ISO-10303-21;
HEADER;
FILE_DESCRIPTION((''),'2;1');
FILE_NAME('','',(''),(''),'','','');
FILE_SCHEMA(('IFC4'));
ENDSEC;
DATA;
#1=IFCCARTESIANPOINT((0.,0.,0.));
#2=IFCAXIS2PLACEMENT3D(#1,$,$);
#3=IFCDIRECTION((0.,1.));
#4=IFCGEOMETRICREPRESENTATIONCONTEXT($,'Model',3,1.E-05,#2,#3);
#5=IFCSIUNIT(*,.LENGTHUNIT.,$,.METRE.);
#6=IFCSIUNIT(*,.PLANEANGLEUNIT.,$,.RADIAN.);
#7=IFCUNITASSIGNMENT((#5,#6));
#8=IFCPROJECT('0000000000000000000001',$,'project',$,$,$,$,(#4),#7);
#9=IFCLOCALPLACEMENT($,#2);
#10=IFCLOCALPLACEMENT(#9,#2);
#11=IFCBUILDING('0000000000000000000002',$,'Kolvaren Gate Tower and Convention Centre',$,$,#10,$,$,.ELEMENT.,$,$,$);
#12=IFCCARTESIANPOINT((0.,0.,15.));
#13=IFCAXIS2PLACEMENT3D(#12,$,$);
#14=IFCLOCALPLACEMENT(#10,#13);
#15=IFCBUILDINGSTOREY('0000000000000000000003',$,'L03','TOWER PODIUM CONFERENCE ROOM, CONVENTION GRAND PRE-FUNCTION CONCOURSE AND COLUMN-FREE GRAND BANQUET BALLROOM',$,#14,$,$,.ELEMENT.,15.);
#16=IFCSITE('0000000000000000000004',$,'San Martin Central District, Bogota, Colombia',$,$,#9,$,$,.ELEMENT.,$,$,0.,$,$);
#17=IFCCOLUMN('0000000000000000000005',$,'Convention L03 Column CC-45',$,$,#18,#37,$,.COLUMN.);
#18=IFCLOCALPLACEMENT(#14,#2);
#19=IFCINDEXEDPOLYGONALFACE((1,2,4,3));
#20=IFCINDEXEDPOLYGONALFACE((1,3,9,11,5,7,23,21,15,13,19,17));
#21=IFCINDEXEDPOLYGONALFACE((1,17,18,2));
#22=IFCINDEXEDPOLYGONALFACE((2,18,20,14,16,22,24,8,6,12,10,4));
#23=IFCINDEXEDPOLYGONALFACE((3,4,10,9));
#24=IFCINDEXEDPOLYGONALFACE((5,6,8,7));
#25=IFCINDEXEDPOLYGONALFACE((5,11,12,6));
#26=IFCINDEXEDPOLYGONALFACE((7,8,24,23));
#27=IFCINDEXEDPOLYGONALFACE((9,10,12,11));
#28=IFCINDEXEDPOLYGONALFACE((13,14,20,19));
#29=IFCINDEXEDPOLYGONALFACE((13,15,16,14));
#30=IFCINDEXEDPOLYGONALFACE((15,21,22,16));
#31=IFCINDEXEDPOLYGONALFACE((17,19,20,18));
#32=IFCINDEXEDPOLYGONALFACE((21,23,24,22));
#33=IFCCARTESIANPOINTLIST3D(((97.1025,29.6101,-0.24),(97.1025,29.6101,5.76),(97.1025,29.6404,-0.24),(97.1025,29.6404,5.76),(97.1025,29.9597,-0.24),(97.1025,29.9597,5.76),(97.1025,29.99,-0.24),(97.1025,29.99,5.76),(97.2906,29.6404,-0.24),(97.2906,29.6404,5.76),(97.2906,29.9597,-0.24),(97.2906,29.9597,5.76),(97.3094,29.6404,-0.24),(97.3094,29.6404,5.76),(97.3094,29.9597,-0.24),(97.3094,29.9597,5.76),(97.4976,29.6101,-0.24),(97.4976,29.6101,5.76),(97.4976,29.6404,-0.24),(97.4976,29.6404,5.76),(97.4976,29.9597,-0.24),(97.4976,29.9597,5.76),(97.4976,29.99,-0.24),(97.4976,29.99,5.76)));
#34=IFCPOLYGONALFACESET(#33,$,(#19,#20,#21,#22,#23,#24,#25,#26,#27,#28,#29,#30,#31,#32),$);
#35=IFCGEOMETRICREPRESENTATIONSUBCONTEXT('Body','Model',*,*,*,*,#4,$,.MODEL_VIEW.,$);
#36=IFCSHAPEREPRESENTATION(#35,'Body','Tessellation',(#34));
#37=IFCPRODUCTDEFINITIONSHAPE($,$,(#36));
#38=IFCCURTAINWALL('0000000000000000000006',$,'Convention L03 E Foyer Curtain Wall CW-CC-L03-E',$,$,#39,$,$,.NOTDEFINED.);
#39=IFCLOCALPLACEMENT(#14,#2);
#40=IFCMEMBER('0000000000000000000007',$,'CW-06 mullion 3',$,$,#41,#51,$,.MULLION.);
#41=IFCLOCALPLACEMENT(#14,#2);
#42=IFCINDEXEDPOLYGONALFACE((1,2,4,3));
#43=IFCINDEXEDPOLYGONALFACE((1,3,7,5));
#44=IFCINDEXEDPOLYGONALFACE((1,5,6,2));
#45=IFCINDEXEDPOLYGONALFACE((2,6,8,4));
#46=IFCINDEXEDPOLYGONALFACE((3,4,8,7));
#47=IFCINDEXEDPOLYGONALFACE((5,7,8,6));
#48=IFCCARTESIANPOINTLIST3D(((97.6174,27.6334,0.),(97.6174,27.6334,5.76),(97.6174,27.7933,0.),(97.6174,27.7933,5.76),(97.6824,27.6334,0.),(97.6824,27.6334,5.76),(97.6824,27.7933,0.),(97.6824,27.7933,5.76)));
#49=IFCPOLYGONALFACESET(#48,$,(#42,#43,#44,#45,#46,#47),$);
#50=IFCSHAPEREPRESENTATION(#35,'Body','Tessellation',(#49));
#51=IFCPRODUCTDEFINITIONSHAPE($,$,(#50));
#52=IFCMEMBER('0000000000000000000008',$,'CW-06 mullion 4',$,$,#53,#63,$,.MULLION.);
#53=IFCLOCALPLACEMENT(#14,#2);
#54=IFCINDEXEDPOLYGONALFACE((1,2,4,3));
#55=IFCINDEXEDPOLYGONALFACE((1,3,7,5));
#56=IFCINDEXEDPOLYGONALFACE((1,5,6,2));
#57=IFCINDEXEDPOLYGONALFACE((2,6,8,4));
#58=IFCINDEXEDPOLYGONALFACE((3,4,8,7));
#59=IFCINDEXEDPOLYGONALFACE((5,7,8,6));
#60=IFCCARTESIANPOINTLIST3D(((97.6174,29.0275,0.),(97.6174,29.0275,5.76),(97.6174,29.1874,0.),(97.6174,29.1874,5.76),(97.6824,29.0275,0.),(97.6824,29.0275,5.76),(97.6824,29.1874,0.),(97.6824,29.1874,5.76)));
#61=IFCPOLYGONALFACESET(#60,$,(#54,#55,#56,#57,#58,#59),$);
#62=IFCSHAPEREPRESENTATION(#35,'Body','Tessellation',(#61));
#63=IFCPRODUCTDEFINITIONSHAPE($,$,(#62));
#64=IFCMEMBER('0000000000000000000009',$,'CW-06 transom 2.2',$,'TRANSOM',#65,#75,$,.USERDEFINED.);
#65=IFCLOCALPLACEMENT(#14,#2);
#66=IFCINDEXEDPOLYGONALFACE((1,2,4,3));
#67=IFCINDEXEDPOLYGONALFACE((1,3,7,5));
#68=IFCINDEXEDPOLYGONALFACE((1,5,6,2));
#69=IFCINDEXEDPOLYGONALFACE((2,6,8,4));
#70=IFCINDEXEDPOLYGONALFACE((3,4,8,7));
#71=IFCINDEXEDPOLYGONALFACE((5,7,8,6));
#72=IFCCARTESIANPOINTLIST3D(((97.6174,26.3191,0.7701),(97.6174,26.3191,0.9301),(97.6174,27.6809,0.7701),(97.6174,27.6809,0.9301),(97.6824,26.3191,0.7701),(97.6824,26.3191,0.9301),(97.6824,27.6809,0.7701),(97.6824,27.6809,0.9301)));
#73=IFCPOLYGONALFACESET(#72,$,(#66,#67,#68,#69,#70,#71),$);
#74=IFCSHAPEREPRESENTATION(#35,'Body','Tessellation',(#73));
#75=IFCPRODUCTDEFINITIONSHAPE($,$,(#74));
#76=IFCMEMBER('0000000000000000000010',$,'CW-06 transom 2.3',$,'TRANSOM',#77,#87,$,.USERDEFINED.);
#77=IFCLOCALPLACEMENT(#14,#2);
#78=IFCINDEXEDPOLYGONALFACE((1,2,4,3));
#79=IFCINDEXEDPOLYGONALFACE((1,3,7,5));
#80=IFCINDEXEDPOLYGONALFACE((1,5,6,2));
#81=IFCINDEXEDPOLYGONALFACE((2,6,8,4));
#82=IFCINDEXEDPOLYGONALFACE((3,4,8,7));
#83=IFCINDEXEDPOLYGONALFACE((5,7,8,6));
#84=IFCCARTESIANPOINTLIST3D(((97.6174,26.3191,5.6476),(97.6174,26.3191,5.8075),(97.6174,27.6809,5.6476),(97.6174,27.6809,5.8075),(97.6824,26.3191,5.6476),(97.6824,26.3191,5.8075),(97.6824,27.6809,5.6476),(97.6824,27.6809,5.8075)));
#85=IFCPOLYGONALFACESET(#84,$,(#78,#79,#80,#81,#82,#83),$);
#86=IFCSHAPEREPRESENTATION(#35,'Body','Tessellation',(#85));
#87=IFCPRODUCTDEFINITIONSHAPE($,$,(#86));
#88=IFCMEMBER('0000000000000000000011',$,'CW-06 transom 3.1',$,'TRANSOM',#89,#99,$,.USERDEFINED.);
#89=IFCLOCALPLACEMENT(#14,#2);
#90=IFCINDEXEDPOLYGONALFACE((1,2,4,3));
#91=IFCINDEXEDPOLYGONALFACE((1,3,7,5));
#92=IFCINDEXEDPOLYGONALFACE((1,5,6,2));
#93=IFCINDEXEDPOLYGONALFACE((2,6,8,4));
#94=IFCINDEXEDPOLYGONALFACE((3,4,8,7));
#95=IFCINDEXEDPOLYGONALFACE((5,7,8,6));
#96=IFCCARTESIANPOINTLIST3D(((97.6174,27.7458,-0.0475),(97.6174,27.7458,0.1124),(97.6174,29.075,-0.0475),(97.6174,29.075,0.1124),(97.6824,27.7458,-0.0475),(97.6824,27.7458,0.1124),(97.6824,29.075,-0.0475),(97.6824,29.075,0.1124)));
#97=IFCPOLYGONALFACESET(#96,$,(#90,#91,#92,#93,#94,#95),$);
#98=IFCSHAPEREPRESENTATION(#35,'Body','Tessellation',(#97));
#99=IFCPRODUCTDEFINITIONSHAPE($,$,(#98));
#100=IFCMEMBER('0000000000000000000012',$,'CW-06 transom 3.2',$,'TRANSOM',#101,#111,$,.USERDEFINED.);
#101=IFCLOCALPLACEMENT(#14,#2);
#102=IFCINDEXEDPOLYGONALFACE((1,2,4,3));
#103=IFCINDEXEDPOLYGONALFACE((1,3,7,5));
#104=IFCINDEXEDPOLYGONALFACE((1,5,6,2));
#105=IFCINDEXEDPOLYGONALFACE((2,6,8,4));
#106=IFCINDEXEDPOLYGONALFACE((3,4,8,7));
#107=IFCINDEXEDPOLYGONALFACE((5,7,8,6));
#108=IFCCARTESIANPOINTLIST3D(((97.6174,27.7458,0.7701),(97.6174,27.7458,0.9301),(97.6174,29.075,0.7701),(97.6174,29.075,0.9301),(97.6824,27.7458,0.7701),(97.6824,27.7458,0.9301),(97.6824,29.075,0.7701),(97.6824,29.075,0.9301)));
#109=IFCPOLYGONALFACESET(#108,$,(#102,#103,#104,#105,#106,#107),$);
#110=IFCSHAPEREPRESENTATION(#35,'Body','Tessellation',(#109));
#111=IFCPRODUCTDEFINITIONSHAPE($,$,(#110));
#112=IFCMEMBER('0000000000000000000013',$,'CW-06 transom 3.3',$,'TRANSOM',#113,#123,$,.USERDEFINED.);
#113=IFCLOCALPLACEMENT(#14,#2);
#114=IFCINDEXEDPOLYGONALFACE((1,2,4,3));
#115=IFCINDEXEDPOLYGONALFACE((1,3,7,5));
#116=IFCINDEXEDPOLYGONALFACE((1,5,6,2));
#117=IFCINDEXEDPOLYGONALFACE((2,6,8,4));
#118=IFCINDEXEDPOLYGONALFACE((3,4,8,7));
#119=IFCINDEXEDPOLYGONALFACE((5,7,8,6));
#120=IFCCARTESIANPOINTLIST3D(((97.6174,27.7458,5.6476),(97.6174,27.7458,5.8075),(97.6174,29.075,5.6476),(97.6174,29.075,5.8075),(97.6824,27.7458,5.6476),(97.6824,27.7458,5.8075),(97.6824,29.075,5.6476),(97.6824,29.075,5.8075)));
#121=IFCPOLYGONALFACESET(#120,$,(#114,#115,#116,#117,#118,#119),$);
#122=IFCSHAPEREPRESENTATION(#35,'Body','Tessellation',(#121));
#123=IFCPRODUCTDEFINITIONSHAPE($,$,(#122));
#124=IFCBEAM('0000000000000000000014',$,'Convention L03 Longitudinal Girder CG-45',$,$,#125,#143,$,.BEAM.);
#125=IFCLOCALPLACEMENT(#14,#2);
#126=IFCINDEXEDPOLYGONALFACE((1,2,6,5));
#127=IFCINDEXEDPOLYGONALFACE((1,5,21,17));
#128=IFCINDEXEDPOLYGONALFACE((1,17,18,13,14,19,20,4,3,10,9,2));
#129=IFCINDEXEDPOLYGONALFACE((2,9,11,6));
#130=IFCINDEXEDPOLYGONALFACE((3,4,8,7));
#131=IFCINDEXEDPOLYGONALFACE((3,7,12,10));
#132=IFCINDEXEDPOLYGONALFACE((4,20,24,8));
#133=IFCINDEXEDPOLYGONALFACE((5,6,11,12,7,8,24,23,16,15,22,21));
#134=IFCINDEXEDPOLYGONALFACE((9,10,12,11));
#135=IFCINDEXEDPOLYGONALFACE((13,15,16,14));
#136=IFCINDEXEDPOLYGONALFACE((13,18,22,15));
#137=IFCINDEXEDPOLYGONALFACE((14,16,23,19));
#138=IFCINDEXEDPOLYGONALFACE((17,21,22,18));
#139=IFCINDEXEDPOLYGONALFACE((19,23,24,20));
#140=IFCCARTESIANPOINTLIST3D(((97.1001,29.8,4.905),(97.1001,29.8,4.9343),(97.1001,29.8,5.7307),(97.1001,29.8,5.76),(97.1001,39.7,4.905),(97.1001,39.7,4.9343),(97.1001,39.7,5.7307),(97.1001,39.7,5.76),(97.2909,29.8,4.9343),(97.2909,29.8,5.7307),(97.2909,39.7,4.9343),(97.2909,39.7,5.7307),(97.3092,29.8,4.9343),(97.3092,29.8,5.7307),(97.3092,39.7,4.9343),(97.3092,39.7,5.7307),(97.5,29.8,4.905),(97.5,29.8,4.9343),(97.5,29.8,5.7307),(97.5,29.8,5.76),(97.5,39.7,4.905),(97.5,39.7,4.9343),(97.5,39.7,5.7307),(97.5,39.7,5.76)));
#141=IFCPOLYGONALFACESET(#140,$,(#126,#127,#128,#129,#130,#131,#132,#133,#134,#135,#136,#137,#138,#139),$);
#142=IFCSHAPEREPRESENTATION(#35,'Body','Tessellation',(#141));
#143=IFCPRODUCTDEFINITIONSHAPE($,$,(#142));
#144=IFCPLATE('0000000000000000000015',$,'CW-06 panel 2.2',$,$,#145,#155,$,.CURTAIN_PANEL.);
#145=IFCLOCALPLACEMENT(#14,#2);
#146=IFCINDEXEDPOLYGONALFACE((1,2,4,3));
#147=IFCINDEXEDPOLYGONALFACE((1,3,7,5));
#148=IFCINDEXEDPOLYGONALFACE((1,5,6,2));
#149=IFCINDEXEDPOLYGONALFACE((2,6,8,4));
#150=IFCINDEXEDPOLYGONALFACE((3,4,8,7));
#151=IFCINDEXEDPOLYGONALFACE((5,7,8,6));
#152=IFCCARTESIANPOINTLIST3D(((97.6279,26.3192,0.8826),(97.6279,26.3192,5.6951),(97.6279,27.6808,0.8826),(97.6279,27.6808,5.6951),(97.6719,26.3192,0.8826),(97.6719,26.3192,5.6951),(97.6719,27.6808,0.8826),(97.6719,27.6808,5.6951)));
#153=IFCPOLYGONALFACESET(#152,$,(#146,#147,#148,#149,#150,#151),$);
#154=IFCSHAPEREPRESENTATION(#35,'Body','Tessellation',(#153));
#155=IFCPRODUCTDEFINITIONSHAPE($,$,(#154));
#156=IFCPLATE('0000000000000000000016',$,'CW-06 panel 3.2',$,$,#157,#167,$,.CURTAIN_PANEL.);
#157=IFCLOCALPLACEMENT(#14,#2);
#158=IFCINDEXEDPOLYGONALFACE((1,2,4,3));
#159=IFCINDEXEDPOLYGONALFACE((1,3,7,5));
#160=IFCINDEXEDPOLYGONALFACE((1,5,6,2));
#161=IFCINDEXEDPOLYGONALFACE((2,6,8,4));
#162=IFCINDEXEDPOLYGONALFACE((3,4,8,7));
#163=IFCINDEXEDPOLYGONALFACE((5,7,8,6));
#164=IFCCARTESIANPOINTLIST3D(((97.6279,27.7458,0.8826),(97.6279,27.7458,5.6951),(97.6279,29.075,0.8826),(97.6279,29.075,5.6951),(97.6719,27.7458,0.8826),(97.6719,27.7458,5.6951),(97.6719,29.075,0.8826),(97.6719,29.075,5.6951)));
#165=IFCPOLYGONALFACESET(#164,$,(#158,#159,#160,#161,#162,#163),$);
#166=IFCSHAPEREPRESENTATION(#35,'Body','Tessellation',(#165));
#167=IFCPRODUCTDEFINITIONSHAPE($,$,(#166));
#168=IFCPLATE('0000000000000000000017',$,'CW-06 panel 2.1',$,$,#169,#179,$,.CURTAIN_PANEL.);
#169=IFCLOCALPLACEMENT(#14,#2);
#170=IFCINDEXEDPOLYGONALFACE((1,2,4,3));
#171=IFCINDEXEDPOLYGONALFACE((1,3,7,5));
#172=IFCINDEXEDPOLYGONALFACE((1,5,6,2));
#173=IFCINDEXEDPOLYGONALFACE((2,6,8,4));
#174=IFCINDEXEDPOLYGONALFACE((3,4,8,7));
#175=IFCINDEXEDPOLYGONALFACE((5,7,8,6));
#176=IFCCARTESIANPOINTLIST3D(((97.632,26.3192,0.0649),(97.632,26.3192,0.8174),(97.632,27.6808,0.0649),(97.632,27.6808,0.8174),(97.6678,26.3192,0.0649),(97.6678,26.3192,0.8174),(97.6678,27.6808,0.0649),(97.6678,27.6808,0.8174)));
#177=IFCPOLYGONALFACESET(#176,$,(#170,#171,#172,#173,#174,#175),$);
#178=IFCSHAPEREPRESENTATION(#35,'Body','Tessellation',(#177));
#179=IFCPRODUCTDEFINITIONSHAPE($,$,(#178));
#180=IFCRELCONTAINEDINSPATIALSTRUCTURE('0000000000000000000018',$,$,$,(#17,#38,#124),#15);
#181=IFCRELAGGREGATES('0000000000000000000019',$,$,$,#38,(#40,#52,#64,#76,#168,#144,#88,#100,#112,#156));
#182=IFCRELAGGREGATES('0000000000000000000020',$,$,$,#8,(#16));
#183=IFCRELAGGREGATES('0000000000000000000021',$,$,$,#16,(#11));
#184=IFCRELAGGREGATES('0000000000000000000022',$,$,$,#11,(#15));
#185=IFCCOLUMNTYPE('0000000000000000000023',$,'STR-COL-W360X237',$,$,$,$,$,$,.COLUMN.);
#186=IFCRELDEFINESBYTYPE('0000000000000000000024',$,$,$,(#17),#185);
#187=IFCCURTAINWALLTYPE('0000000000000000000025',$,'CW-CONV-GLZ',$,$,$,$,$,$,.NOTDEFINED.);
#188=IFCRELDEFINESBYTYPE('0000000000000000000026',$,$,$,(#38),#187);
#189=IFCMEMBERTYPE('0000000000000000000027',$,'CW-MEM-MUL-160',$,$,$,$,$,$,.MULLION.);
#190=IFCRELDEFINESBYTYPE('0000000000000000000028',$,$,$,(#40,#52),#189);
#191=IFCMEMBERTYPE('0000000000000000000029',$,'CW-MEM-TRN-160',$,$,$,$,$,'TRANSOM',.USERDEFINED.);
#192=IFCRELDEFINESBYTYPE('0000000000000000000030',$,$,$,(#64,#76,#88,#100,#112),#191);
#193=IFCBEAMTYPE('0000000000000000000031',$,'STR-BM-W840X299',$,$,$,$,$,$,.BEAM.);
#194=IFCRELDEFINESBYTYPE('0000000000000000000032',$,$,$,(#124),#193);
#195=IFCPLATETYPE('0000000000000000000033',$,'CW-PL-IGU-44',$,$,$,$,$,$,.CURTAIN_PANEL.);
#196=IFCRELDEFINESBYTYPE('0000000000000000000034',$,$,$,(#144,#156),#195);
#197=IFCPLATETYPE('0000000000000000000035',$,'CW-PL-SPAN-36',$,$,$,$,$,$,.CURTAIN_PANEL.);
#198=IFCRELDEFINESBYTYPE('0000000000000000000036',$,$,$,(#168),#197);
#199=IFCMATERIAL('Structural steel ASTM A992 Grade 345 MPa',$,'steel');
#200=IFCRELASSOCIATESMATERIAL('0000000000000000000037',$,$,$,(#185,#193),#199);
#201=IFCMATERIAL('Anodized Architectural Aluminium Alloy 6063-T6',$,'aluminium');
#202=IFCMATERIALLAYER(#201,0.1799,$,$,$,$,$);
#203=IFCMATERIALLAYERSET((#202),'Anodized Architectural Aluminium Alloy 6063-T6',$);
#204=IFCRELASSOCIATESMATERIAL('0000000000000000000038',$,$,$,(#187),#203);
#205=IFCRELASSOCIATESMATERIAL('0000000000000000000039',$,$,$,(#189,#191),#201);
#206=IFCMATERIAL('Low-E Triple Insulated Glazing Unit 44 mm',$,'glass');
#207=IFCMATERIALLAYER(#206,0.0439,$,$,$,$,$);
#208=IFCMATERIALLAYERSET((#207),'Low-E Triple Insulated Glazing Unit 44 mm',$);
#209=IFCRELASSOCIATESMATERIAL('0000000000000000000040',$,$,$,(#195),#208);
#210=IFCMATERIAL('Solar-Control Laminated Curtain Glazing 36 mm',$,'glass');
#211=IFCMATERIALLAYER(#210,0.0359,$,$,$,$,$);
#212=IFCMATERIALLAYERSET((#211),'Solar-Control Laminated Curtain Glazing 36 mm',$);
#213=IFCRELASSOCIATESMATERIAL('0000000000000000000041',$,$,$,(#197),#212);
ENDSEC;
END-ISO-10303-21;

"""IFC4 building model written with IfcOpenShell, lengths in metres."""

from ifc_helpers import new_model, si_unit, direction, frame, origin, origin_2d, place, context, subcontext, project, spatial, rectangle, i_section, extrude, material, layer, layer_set, material_profile, profile_set, type_object, element, aggregate, save


model = new_model("IFC4")

# Units and contexts
model_context = context("Model", 3, precision=1e-05, world=origin(), true_north=direction((0.0, 1.0)))
body_context = subcontext(model_context, "Body", "Model", "MODEL_VIEW")
ifc_project = project(units=[si_unit("LENGTHUNIT", "METRE"), si_unit("PLANEANGLEUNIT", "RADIAN")], contexts=[model_context])

# Site, building, storey
site_placement = place(None, origin())
site = spatial("IfcSite", under=ifc_project, at=site_placement, Name="San Martin Central District, Bogota, Colombia", CompositionType="ELEMENT", RefElevation=0.0)
building_placement = place(site_placement, origin())
building = spatial("IfcBuilding", under=site, at=building_placement, Name="Kolvaren Gate Tower and Convention Centre", CompositionType="ELEMENT")
storey_placement = place(building_placement, frame((0.0, 0.0, 15.0)))
storey = spatial("IfcBuildingStorey", under=building, at=storey_placement, Name="L03", Description="TOWER PODIUM CONFERENCE ROOM, CONVENTION GRAND PRE-FUNCTION CONCOURSE AND COLUMN-FREE GRAND BANQUET BALLROOM", CompositionType="ELEMENT", Elevation=15.0)

# Column
ifc_material_1 = material(Name="Structural steel ASTM A992 Grade 345 MPa", Category="steel")
ifc_material_profile_1 = material_profile(ifc_material_1, i_section(OverallWidth=0.395, OverallDepth=0.3799, WebThickness=0.0188, FlangeThickness=0.0303, at=origin_2d()), Name="W360X237")
ifc_profile_set_1 = profile_set([ifc_material_profile_1], Name="Structural steel ASTM A992 Grade 345 MPa")
column_type = type_object("IfcColumnType", Name="STR-COL-W360X237", PredefinedType="COLUMN", material=ifc_profile_set_1)
column_placement = place(storey_placement, frame((97.3, 29.8, -0.24), z_axis=(0.0, 0.0, 1.0), x_axis=(1.0, 0.0, 0.0)))
element("IfcColumn", 1, at=column_placement, inside=storey, type_object=column_type, Name="Convention L03 Column CC-45", PredefinedType="COLUMN", context=body_context, shape_type="SweptSolid", body=[
    extrude(i_section(OverallWidth=0.395, OverallDepth=0.3799, WebThickness=0.0188, FlangeThickness=0.0303, at=origin_2d()), origin(), (0.0, 0.0, 1.0), 6.0),
])

# Curtain wall, members
ifc_material_2 = material(Name="Anodized Architectural Aluminium Alloy 6063-T6", Category="aluminium")
ifc_layer_1 = layer(ifc_material_2, 0.1799)
ifc_layer_set_1 = layer_set([ifc_layer_1], Name="Anodized Architectural Aluminium Alloy 6063-T6")
curtain_wall_type = type_object("IfcCurtainWallType", Name="CW-CONV-GLZ", PredefinedType="NOTDEFINED", material=ifc_layer_set_1)
curtain_wall_placement = place(storey_placement, origin())
curtain_wall = element("IfcCurtainWall", 2, at=curtain_wall_placement, inside=storey, type_object=curtain_wall_type, Name="Convention L03 E Foyer Curtain Wall CW-CC-L03-E", PredefinedType="NOTDEFINED")
ifc_material_profile_2 = material_profile(ifc_material_2, rectangle(XDim=0.0649, YDim=0.1599, at=origin_2d()), Name="CW-MEM-MUL-160")
ifc_profile_set_2 = profile_set([ifc_material_profile_2], Name="Anodized Architectural Aluminium Alloy 6063-T6")
member_type_1 = type_object("IfcMemberType", Name="CW-MEM-MUL-160", PredefinedType="MULLION", material=ifc_profile_set_2)
member_1_placement = place(storey_placement, frame((97.6499, 27.7134, 0.0), z_axis=(0.0, 0.0, 1.0), x_axis=(-1.0, 0.0, 0.0)))
member_1 = element("IfcMember", 3, at=member_1_placement, type_object=member_type_1, Name="CW-06 mullion 3", PredefinedType="MULLION", context=body_context, shape_type="SweptSolid", body=[
    extrude(rectangle(XDim=0.0649, YDim=0.1599, at=origin_2d()), origin(), (0.0, 0.0, 1.0), 5.76),
])
member_2_placement = place(storey_placement, frame((97.6499, 29.1074, 0.0), z_axis=(0.0, 0.0, 1.0), x_axis=(-1.0, 0.0, 0.0)))
member_2 = element("IfcMember", 4, at=member_2_placement, type_object=member_type_1, Name="CW-06 mullion 4", PredefinedType="MULLION", context=body_context, shape_type="SweptSolid", body=[
    extrude(rectangle(XDim=0.0649, YDim=0.1599, at=origin_2d()), origin(), (0.0, 0.0, 1.0), 5.76),
])
ifc_material_profile_3 = material_profile(ifc_material_2, rectangle(XDim=0.0649, YDim=0.1599, at=origin_2d()), Name="CW-MEM-TRN-160")
ifc_profile_set_3 = profile_set([ifc_material_profile_3], Name="Anodized Architectural Aluminium Alloy 6063-T6")
member_type_2 = type_object("IfcMemberType", Name="CW-MEM-TRN-160", ElementType="TRANSOM", PredefinedType="USERDEFINED", material=ifc_profile_set_3)
member_3_placement = place(storey_placement, frame((97.6499, 26.3191, 0.8501), z_axis=(0.0, 1.0, 0.0), x_axis=(-1.0, 0.0, 0.0)))
member_3 = element("IfcMember", 5, at=member_3_placement, type_object=member_type_2, Name="CW-06 transom 2.2", ObjectType="TRANSOM", PredefinedType="USERDEFINED", context=body_context, shape_type="SweptSolid", body=[
    extrude(rectangle(XDim=0.0649, YDim=0.1599, at=origin_2d()), origin(), (0.0, 0.0, 1.0), 1.3618),
])
member_4_placement = place(storey_placement, frame((97.6499, 26.3191, 5.7275), z_axis=(0.0, 1.0, 0.0), x_axis=(-1.0, 0.0, 0.0)))
member_4 = element("IfcMember", 6, at=member_4_placement, type_object=member_type_2, Name="CW-06 transom 2.3", ObjectType="TRANSOM", PredefinedType="USERDEFINED", context=body_context, shape_type="SweptSolid", body=[
    extrude(rectangle(XDim=0.0649, YDim=0.1599, at=origin_2d()), origin(), (0.0, 0.0, 1.0), 1.3618),
])
member_5_placement = place(storey_placement, frame((97.6499, 27.7458, 0.0325), z_axis=(0.0, 1.0, 0.0), x_axis=(-1.0, 0.0, 0.0)))
member_5 = element("IfcMember", 7, at=member_5_placement, type_object=member_type_2, Name="CW-06 transom 3.1", ObjectType="TRANSOM", PredefinedType="USERDEFINED", context=body_context, shape_type="SweptSolid", body=[
    extrude(rectangle(XDim=0.0649, YDim=0.1599, at=origin_2d()), origin(), (0.0, 0.0, 1.0), 1.3291),
])
member_6_placement = place(storey_placement, frame((97.6499, 27.7458, 0.8501), z_axis=(0.0, 1.0, 0.0), x_axis=(-1.0, 0.0, 0.0)))
member_6 = element("IfcMember", 8, at=member_6_placement, type_object=member_type_2, Name="CW-06 transom 3.2", ObjectType="TRANSOM", PredefinedType="USERDEFINED", context=body_context, shape_type="SweptSolid", body=[
    extrude(rectangle(XDim=0.0649, YDim=0.1599, at=origin_2d()), origin(), (0.0, 0.0, 1.0), 1.3291),
])
member_7_placement = place(storey_placement, frame((97.6499, 27.7458, 5.7275), z_axis=(0.0, 1.0, 0.0), x_axis=(-1.0, 0.0, 0.0)))
member_7 = element("IfcMember", 9, at=member_7_placement, type_object=member_type_2, Name="CW-06 transom 3.3", ObjectType="TRANSOM", PredefinedType="USERDEFINED", context=body_context, shape_type="SweptSolid", body=[
    extrude(rectangle(XDim=0.0649, YDim=0.1599, at=origin_2d()), origin(), (0.0, 0.0, 1.0), 1.3291),
])

# Beam
ifc_material_profile_4 = material_profile(ifc_material_1, i_section(OverallWidth=0.3999, OverallDepth=0.855, WebThickness=0.0183, FlangeThickness=0.0293, at=origin_2d()), Name="W840X299")
ifc_profile_set_4 = profile_set([ifc_material_profile_4], Name="Structural steel ASTM A992 Grade 345 MPa")
beam_type = type_object("IfcBeamType", Name="STR-BM-W840X299", PredefinedType="BEAM", material=ifc_profile_set_4)
beam_placement = place(storey_placement, frame((97.3, 29.8, 5.3325), z_axis=(0.0, 1.0, 0.0), x_axis=(-1.0, 0.0, 0.0)))
element("IfcBeam", 10, at=beam_placement, inside=storey, type_object=beam_type, Name="Convention L03 Longitudinal Girder CG-45", PredefinedType="BEAM", context=body_context, shape_type="SweptSolid", body=[
    extrude(i_section(OverallWidth=0.3999, OverallDepth=0.855, WebThickness=0.0183, FlangeThickness=0.0293, at=origin_2d()), origin(), (0.0, 0.0, 1.0), 9.8999),
])

# Plates
ifc_material_3 = material(Name="Low-E Triple Insulated Glazing Unit 44 mm", Category="glass")
ifc_layer_2 = layer(ifc_material_3, 0.0439)
ifc_layer_set_2 = layer_set([ifc_layer_2], Name="Low-E Triple Insulated Glazing Unit 44 mm")
plate_type_1 = type_object("IfcPlateType", Name="CW-PL-IGU-44", PredefinedType="CURTAIN_PANEL", material=ifc_layer_set_2)
plate_1_placement = place(storey_placement, frame((97.6499, 27.0, 0.8826), z_axis=(0.0, 0.0, 1.0), x_axis=(0.0, 1.0, 0.0)))
plate_1 = element("IfcPlate", 11, at=plate_1_placement, type_object=plate_type_1, Name="CW-06 panel 2.2", PredefinedType="CURTAIN_PANEL", context=body_context, shape_type="SweptSolid", body=[
    extrude(rectangle(XDim=1.3616, YDim=0.0439, at=origin_2d()), origin(), (0.0, 0.0, 1.0), 4.8125),
])
plate_2_placement = place(storey_placement, frame((97.6499, 28.4104, 0.8826), z_axis=(0.0, 0.0, 1.0), x_axis=(0.0, 1.0, 0.0)))
plate_2 = element("IfcPlate", 12, at=plate_2_placement, type_object=plate_type_1, Name="CW-06 panel 3.2", PredefinedType="CURTAIN_PANEL", context=body_context, shape_type="SweptSolid", body=[
    extrude(rectangle(XDim=1.3291, YDim=0.0439, at=origin_2d()), origin(), (0.0, 0.0, 1.0), 4.8125),
])
ifc_material_4 = material(Name="Solar-Control Laminated Curtain Glazing 36 mm", Category="glass")
ifc_layer_3 = layer(ifc_material_4, 0.0359)
ifc_layer_set_3 = layer_set([ifc_layer_3], Name="Solar-Control Laminated Curtain Glazing 36 mm")
plate_type_2 = type_object("IfcPlateType", Name="CW-PL-SPAN-36", PredefinedType="CURTAIN_PANEL", material=ifc_layer_set_3)
plate_3_placement = place(storey_placement, frame((97.6499, 27.0, 0.0649), z_axis=(0.0, 0.0, 1.0), x_axis=(0.0, 1.0, 0.0)))
plate_3 = element("IfcPlate", 13, at=plate_3_placement, type_object=plate_type_2, Name="CW-06 panel 2.1", PredefinedType="CURTAIN_PANEL", context=body_context, shape_type="SweptSolid", body=[
    extrude(rectangle(XDim=1.3616, YDim=0.0359, at=origin_2d()), origin(), (0.0, 0.0, 1.0), 0.7524),
])
aggregate(curtain_wall, [member_1, member_2, member_3, member_4, plate_3, plate_1, member_5, member_6, member_7, plate_2])

save(model, "model.ifc")
